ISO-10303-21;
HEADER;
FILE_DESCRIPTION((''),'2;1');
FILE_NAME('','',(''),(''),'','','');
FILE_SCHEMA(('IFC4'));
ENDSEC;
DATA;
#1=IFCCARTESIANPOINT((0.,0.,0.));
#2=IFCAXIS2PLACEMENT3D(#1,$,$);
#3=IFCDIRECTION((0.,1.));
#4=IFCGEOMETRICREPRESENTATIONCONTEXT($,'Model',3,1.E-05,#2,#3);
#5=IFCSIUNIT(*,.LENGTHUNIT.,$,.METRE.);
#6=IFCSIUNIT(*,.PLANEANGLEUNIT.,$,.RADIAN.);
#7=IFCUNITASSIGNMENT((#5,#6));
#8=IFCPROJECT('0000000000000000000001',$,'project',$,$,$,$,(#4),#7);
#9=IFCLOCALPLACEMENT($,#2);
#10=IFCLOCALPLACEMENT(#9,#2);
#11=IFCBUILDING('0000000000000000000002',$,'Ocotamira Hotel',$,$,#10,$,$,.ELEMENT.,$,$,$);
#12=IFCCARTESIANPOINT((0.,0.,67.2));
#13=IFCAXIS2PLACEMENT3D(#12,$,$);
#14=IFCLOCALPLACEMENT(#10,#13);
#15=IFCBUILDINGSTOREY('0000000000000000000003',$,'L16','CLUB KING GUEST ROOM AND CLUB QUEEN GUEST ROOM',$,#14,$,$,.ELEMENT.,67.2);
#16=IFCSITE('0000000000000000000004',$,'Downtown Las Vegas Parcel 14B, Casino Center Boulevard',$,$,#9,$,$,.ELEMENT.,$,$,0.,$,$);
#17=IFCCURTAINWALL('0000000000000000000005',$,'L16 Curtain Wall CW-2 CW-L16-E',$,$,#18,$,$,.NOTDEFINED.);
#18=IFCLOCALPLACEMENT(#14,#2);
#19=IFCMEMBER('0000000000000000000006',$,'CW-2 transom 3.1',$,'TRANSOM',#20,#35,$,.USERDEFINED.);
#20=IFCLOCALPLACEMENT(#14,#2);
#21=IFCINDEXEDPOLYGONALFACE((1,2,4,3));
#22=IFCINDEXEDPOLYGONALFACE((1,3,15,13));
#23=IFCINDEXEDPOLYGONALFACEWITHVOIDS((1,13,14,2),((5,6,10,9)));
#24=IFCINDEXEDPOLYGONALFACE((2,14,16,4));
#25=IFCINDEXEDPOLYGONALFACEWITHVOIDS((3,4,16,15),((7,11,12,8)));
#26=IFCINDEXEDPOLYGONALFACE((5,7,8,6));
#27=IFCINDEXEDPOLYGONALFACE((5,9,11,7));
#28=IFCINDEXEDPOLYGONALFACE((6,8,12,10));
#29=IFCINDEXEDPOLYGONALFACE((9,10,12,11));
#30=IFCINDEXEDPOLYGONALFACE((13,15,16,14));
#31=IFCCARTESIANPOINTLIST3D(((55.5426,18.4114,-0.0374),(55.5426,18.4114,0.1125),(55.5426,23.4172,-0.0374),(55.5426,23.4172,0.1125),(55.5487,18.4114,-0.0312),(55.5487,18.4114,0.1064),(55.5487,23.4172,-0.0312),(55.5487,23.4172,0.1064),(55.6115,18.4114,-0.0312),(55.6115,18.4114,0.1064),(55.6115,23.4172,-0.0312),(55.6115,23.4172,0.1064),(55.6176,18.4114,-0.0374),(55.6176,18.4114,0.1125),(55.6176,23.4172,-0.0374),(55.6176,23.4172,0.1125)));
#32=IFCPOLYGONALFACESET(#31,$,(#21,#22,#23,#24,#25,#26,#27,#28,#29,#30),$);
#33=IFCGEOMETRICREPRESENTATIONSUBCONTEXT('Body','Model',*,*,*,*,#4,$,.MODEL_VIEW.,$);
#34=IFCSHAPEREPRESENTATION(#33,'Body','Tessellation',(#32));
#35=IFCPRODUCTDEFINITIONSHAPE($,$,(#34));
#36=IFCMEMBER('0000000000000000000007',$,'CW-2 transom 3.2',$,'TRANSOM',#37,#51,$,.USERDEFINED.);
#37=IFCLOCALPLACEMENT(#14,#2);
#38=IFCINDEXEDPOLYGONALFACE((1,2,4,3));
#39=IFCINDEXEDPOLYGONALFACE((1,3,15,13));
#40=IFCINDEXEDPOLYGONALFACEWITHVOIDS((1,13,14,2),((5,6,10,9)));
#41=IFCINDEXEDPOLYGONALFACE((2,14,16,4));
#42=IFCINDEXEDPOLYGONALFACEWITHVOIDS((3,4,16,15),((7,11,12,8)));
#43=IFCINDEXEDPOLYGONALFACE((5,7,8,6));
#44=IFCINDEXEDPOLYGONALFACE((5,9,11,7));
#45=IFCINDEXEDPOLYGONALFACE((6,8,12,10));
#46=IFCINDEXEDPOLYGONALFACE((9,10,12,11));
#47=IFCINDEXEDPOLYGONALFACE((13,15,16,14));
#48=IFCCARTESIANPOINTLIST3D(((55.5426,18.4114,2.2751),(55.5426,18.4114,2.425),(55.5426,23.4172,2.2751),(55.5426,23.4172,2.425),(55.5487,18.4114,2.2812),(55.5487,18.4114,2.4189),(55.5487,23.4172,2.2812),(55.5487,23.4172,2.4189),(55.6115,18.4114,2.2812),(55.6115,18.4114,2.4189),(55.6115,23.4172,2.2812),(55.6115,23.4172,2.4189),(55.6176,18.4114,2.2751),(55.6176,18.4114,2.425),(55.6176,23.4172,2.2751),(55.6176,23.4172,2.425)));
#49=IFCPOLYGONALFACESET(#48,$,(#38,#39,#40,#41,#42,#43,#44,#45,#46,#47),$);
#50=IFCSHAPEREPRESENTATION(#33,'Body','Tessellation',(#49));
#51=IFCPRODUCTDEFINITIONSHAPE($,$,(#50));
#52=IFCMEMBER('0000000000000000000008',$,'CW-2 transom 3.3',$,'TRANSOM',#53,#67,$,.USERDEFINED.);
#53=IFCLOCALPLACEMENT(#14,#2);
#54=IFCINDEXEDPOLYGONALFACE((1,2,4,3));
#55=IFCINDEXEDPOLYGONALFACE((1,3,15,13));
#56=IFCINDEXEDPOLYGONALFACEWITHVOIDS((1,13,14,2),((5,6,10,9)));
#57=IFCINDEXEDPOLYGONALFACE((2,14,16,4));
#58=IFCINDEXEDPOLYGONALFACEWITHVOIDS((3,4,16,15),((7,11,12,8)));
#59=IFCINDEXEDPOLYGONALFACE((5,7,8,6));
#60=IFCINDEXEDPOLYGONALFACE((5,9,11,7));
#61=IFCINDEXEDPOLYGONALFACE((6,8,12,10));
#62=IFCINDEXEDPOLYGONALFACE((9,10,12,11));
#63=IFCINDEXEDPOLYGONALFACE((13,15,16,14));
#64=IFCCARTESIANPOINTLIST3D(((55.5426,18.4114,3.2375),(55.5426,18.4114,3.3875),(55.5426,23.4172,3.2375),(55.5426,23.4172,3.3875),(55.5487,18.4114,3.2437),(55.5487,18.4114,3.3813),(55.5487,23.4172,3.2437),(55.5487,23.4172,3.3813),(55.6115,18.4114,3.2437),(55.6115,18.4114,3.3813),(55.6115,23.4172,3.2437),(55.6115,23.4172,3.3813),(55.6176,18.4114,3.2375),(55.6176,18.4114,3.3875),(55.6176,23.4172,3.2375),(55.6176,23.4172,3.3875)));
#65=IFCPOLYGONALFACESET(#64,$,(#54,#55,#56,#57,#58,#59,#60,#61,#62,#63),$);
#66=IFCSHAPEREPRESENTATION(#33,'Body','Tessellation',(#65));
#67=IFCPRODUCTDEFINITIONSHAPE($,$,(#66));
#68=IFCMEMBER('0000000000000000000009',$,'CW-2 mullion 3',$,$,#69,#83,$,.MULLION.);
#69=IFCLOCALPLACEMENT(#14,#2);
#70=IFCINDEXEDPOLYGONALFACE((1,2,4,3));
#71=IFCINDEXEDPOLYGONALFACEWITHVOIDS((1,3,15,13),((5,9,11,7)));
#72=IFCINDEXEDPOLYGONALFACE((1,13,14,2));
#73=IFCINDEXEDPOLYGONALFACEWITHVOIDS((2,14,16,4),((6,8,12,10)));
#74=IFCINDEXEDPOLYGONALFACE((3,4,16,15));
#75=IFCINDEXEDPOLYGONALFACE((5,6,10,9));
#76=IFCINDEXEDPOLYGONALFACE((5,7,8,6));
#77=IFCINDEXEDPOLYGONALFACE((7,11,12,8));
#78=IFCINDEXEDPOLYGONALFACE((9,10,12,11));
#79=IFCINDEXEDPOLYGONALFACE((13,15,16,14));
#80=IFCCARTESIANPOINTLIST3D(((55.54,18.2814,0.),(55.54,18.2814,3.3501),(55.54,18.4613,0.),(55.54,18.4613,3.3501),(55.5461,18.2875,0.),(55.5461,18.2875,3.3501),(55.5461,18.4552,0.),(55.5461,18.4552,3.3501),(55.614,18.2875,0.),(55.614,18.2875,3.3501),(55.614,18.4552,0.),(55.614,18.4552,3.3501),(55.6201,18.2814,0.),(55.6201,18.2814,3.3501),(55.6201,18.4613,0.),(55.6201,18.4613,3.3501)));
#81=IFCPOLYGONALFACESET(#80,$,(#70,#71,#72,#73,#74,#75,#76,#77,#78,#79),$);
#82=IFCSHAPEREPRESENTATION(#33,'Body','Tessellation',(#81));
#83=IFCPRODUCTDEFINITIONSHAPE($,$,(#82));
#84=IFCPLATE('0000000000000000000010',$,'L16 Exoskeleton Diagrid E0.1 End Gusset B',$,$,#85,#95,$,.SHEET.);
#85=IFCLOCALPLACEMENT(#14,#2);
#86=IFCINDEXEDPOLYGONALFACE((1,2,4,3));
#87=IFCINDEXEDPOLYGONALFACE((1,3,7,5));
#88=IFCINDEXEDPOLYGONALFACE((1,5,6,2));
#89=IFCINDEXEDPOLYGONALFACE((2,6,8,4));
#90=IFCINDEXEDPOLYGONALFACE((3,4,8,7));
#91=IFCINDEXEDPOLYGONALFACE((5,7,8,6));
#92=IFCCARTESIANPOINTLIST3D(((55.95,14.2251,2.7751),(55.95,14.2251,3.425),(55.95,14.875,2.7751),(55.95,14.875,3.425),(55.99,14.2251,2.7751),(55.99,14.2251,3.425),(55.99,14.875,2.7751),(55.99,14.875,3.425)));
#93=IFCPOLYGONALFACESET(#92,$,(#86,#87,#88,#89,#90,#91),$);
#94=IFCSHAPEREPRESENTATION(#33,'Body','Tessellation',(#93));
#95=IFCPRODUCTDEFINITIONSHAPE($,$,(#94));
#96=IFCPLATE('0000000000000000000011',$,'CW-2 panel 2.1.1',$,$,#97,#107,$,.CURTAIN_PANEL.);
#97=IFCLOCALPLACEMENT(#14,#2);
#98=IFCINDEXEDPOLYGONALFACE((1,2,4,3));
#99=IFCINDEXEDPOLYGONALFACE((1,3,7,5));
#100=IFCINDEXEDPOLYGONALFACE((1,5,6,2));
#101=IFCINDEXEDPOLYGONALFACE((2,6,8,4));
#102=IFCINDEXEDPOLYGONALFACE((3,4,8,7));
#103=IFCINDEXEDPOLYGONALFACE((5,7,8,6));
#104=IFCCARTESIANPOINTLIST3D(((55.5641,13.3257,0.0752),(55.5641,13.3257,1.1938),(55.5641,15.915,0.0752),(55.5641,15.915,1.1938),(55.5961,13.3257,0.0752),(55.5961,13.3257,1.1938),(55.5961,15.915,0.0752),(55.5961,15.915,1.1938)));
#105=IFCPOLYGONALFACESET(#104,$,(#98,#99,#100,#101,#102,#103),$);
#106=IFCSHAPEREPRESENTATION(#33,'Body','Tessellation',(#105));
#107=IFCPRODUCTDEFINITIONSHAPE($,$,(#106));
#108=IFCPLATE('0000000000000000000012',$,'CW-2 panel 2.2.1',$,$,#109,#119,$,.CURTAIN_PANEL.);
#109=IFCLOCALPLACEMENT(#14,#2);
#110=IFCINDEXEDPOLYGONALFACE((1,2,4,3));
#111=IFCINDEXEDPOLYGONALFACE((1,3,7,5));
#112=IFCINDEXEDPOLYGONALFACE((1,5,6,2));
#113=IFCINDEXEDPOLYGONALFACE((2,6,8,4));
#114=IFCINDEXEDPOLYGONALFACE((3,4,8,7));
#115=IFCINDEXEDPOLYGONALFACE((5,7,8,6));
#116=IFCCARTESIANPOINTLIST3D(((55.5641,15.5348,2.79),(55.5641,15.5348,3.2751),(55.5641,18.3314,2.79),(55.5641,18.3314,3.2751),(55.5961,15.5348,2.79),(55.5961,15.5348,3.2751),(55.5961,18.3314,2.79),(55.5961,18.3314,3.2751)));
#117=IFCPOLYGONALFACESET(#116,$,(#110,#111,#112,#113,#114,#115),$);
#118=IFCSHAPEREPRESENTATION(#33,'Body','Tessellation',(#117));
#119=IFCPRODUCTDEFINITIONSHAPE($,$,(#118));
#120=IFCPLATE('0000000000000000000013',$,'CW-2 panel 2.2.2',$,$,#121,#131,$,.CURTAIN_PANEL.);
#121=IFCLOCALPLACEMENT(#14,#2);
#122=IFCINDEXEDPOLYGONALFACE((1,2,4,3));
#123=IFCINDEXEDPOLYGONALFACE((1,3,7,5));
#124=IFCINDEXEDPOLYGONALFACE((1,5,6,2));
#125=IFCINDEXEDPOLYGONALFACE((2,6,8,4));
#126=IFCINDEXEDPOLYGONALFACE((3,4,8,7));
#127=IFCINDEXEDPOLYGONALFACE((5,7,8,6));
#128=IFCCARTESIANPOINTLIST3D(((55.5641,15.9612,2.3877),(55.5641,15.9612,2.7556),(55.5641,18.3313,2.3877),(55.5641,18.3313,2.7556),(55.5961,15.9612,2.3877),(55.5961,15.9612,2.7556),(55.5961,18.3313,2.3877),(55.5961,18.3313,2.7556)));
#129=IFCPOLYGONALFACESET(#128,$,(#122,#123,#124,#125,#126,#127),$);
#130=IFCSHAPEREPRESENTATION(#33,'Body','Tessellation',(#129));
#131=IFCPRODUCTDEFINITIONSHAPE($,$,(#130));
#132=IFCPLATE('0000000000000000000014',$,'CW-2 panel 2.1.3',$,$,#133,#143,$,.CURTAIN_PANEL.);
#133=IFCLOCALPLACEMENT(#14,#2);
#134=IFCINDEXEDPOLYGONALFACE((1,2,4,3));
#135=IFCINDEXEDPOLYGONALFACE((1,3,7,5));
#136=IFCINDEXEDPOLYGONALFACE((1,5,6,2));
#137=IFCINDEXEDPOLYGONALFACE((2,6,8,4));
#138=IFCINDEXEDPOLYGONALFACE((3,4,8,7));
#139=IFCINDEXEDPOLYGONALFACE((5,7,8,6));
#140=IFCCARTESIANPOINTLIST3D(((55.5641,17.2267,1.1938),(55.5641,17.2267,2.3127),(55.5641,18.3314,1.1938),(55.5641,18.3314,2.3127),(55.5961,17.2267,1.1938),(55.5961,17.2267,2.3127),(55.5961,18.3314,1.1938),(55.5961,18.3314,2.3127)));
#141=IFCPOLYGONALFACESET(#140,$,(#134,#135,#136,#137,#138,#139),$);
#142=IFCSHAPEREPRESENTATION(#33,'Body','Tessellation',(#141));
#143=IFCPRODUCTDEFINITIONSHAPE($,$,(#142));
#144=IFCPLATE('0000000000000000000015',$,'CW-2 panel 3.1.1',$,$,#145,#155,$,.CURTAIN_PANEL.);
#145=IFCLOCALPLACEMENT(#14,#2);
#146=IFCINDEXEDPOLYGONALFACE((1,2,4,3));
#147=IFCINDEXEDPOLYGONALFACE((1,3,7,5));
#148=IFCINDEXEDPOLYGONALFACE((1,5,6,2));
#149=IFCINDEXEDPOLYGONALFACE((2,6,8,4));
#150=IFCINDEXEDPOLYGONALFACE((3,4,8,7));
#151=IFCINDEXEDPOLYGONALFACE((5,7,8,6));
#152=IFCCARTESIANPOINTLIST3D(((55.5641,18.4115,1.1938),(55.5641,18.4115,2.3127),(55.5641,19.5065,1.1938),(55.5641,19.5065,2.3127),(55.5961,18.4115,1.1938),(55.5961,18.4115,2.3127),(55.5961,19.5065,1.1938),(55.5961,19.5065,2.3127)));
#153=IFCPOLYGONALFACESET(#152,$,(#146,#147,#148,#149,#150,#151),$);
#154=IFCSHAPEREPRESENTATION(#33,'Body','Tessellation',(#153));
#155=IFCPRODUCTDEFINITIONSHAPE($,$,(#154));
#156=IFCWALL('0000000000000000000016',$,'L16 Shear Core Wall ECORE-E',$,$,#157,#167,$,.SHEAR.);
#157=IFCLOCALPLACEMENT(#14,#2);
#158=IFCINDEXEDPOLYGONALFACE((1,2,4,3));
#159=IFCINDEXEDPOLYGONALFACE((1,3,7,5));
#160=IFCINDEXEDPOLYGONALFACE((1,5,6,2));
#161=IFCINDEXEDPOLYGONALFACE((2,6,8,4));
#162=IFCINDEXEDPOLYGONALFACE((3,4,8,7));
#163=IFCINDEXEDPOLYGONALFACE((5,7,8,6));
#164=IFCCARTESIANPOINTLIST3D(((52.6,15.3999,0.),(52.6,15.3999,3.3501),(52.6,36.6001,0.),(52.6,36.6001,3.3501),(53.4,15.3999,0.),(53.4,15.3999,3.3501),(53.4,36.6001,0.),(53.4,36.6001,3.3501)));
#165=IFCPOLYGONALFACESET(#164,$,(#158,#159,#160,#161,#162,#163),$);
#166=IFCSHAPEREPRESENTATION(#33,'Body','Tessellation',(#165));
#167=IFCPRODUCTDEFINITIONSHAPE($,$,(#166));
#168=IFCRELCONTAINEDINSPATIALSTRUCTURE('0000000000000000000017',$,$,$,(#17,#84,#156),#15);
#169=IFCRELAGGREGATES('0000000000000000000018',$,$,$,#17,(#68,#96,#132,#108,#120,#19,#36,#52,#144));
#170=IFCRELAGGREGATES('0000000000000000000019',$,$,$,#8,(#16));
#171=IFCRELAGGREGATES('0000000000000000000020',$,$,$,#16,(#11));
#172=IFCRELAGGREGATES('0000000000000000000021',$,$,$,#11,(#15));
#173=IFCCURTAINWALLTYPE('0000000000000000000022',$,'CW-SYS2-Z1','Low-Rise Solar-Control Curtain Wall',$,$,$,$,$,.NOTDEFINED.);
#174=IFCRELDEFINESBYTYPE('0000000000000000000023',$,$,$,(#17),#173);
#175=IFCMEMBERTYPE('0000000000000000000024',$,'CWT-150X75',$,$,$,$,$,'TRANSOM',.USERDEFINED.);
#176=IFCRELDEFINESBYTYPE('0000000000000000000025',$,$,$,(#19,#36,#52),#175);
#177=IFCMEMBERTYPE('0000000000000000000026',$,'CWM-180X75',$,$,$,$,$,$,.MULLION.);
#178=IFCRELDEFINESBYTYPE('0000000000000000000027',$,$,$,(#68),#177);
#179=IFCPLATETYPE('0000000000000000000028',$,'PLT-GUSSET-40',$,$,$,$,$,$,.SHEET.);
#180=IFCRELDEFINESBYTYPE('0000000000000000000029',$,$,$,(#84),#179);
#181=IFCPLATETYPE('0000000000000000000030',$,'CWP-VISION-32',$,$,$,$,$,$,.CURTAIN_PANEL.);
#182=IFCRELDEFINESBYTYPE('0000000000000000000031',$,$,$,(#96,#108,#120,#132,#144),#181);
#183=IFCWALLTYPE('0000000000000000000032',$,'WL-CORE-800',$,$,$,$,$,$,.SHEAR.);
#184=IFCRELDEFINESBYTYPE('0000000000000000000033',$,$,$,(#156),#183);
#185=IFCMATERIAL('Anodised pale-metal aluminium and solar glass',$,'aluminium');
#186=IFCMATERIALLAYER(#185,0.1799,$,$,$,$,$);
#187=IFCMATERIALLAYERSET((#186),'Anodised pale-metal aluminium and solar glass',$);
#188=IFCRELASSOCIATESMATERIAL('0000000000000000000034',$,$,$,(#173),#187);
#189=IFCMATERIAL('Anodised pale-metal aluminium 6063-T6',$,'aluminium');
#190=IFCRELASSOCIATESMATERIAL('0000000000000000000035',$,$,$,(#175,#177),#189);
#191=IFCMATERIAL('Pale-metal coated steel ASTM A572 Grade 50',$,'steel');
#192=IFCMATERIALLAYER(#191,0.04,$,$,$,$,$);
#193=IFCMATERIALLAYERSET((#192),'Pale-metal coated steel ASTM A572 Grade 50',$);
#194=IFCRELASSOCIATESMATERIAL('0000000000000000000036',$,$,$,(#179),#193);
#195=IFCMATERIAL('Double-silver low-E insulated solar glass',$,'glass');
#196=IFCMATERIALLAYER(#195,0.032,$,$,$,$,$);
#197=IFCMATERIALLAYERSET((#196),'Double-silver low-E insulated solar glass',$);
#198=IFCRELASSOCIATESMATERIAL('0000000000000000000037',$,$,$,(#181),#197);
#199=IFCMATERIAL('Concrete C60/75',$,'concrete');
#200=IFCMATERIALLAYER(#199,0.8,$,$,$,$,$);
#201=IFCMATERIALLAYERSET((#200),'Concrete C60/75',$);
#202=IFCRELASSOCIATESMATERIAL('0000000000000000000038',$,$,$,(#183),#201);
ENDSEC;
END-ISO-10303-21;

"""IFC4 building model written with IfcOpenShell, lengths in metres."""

from ifc_helpers import new_model, si_unit, direction, frame, frame_2d, origin, origin_2d, place, context, subcontext, project, spatial, rectangle, hollow_rectangle, extrude, source, transform, mapped, material, layer, layer_set, material_profile, profile_set, type_object, element, aggregate, save


model = new_model("IFC4")

# Units and contexts
model_context = context("Model", 3, precision=1e-05, world=origin(), true_north=direction((0.0, 1.0)))
body_context = subcontext(model_context, "Body", "Model", "MODEL_VIEW")
ifc_project = project(units=[si_unit("LENGTHUNIT", "METRE"), si_unit("PLANEANGLEUNIT", "RADIAN")], contexts=[model_context])

# Site, building, storey
site_placement = place(None, origin())
site = spatial("IfcSite", under=ifc_project, at=site_placement, Name="Downtown Las Vegas Parcel 14B, Casino Center Boulevard", CompositionType="ELEMENT", RefElevation=0.0)
building_placement = place(site_placement, origin())
building = spatial("IfcBuilding", under=site, at=building_placement, Name="Ocotamira Hotel", CompositionType="ELEMENT")
storey_placement = place(building_placement, frame((0.0, 0.0, 67.2)))
storey = spatial("IfcBuildingStorey", under=building, at=storey_placement, Name="L16", Description="CLUB KING GUEST ROOM AND CLUB QUEEN GUEST ROOM", CompositionType="ELEMENT", Elevation=67.2)

# Curtain wall, members
ifc_material_1 = material(Name="Anodised pale-metal aluminium and solar glass", Category="aluminium")
ifc_layer_1 = layer(ifc_material_1, 0.1799)
ifc_layer_set_1 = layer_set([ifc_layer_1], Name="Anodised pale-metal aluminium and solar glass")
curtain_wall_type = type_object("IfcCurtainWallType", Name="CW-SYS2-Z1", Description="Low-Rise Solar-Control Curtain Wall", PredefinedType="NOTDEFINED", material=ifc_layer_set_1)
curtain_wall_placement = place(storey_placement, origin())
curtain_wall = element("IfcCurtainWall", 1, at=curtain_wall_placement, inside=storey, type_object=curtain_wall_type, Name="L16 Curtain Wall CW-2 CW-L16-E", PredefinedType="NOTDEFINED")
ifc_material_2 = material(Name="Anodised pale-metal aluminium 6063-T6", Category="aluminium")
ifc_material_profile_1 = material_profile(ifc_material_2, hollow_rectangle(XDim=0.075, YDim=0.1499, WallThickness=0.0061, at=origin_2d()), Name="HSS150X75X6")
ifc_profile_set_1 = profile_set([ifc_material_profile_1], Name="Anodised pale-metal aluminium 6063-T6")
member_type_1 = type_object("IfcMemberType", Name="CWT-150X75", ElementType="TRANSOM", PredefinedType="USERDEFINED", material=ifc_profile_set_1)
shared_shape_1 = source(origin(), body_context, "Body", "SweptSolid", [
    extrude(hollow_rectangle(XDim=0.075, YDim=0.1499, WallThickness=0.0061, at=origin_2d()), origin(), (0.0, 0.0, 1.0), 5.0059),
])
member_1_placement = place(storey_placement, frame((55.5801, 18.4114, 0.0376), z_axis=(0.0, 1.0, 0.0), x_axis=(-1.0, 0.0, 0.0)))
member_1 = element("IfcMember", 2, at=member_1_placement, type_object=member_type_1, Name="CW-2 transom 3.1", ObjectType="TRANSOM", PredefinedType="USERDEFINED", context=body_context, shape_type="MappedRepresentation", body=[
    mapped(shared_shape_1, transform((0.0, 0.0, 0.0), scale=1.0)),
])
member_2_placement = place(storey_placement, frame((55.5801, 18.4114, 2.3501), z_axis=(0.0, 1.0, 0.0), x_axis=(-1.0, 0.0, 0.0)))
member_2 = element("IfcMember", 3, at=member_2_placement, type_object=member_type_1, Name="CW-2 transom 3.2", ObjectType="TRANSOM", PredefinedType="USERDEFINED", context=body_context, shape_type="MappedRepresentation", body=[
    mapped(shared_shape_1, transform((0.0, 0.0, 0.0), scale=1.0)),
])
member_3_placement = place(storey_placement, frame((55.5801, 18.4114, 3.3125), z_axis=(0.0, 1.0, 0.0), x_axis=(-1.0, 0.0, 0.0)))
member_3 = element("IfcMember", 4, at=member_3_placement, type_object=member_type_1, Name="CW-2 transom 3.3", ObjectType="TRANSOM", PredefinedType="USERDEFINED", context=body_context, shape_type="MappedRepresentation", body=[
    mapped(shared_shape_1, transform((0.0, 0.0, 0.0), scale=1.0)),
])
ifc_material_profile_2 = material_profile(ifc_material_2, hollow_rectangle(XDim=0.0801, YDim=0.1799, WallThickness=0.0061, at=origin_2d()), Name="HSS180X80X6")
ifc_profile_set_2 = profile_set([ifc_material_profile_2], Name="Anodised pale-metal aluminium 6063-T6")
member_type_2 = type_object("IfcMemberType", Name="CWM-180X75", PredefinedType="MULLION", material=ifc_profile_set_2)
shared_shape_2 = source(origin(), body_context, "Body", "SweptSolid", [
    extrude(hollow_rectangle(XDim=0.0801, YDim=0.1799, WallThickness=0.0061, at=origin_2d()), origin(), (0.0, 0.0, 1.0), 3.3501),
])
member_4_placement = place(storey_placement, frame((55.5801, 18.3713, 0.0), z_axis=(0.0, 0.0, 1.0), x_axis=(-1.0, 0.0, 0.0)))
member_4 = element("IfcMember", 5, at=member_4_placement, type_object=member_type_2, Name="CW-2 mullion 3", PredefinedType="MULLION", context=body_context, shape_type="MappedRepresentation", body=[
    mapped(shared_shape_2, transform((0.0, 0.0, 0.0), scale=1.0)),
])

# Plates
ifc_material_3 = material(Name="Pale-metal coated steel ASTM A572 Grade 50", Category="steel")
ifc_layer_2 = layer(ifc_material_3, 0.04)
ifc_layer_set_2 = layer_set([ifc_layer_2], Name="Pale-metal coated steel ASTM A572 Grade 50")
plate_type_1 = type_object("IfcPlateType", Name="PLT-GUSSET-40", PredefinedType="SHEET", material=ifc_layer_set_2)
shared_shape_3 = source(origin(), body_context, "Body", "SweptSolid", [
    extrude(rectangle(XDim=0.04, YDim=0.6499, at=origin_2d()), origin(), (0.0, 0.0, 1.0), 0.6499),
])
plate_1_placement = place(storey_placement, frame((55.97, 14.55, 2.7751), z_axis=(0.0, 0.0, 1.0), x_axis=(1.0, 0.0, 0.0)))
element("IfcPlate", 6, at=plate_1_placement, inside=storey, type_object=plate_type_1, Name="L16 Exoskeleton Diagrid E0.1 End Gusset B", PredefinedType="SHEET", context=body_context, shape_type="MappedRepresentation", body=[
    mapped(shared_shape_3, transform((0.0, 0.0, 0.0), scale=1.0)),
])
ifc_material_4 = material(Name="Double-silver low-E insulated solar glass", Category="glass")
ifc_layer_3 = layer(ifc_material_4, 0.032)
ifc_layer_set_3 = layer_set([ifc_layer_3], Name="Double-silver low-E insulated solar glass")
plate_type_2 = type_object("IfcPlateType", Name="CWP-VISION-32", PredefinedType="CURTAIN_PANEL", material=ifc_layer_set_3)
shared_shape_4 = source(origin(), body_context, "Body", "SweptSolid", [
    extrude(rectangle(XDim=2.5894, YDim=0.032, at=origin_2d()), origin(), (0.0, 0.0, 1.0), 1.1187),
])
plate_2_placement = place(storey_placement, frame((55.5801, 14.6204, 0.0752), z_axis=(0.0, 0.0, 1.0), x_axis=(0.0, 1.0, 0.0)))
plate_2 = element("IfcPlate", 7, at=plate_2_placement, type_object=plate_type_2, Name="CW-2 panel 2.1.1", PredefinedType="CURTAIN_PANEL", context=body_context, shape_type="MappedRepresentation", body=[
    mapped(shared_shape_4, transform((0.0, 0.0, 0.0), scale=1.0)),
])
shared_shape_5 = source(origin(), body_context, "Body", "SweptSolid", [
    extrude(rectangle(XDim=2.7966, YDim=0.032, at=origin_2d()), origin(), (0.0, 0.0, 1.0), 0.4851),
])
plate_3_placement = place(storey_placement, frame((55.5801, 16.9331, 2.79), z_axis=(0.0, 0.0, 1.0), x_axis=(0.0, 1.0, 0.0)))
plate_3 = element("IfcPlate", 8, at=plate_3_placement, type_object=plate_type_2, Name="CW-2 panel 2.2.1", PredefinedType="CURTAIN_PANEL", context=body_context, shape_type="MappedRepresentation", body=[
    mapped(shared_shape_5, transform((0.0, 0.0, 0.0), scale=1.0)),
])
shared_shape_6 = source(origin(), body_context, "Body", "SweptSolid", [
    extrude(rectangle(XDim=2.3701, YDim=0.032, at=origin_2d()), origin(), (0.0, 0.0, 1.0), 0.3679),
])
plate_4_placement = place(storey_placement, frame((55.5801, 17.1462, 2.3877), z_axis=(0.0, 0.0, 1.0), x_axis=(0.0, 1.0, 0.0)))
plate_4 = element("IfcPlate", 9, at=plate_4_placement, type_object=plate_type_2, Name="CW-2 panel 2.2.2", PredefinedType="CURTAIN_PANEL", context=body_context, shape_type="MappedRepresentation", body=[
    mapped(shared_shape_6, transform((0.0, 0.0, 0.0), scale=1.0)),
])
shared_shape_7 = source(origin(), body_context, "Body", "SweptSolid", [
    extrude(rectangle(XDim=1.1047, YDim=0.032, at=origin_2d()), origin(), (0.0, 0.0, 1.0), 1.1189),
])
plate_5_placement = place(storey_placement, frame((55.5801, 17.7791, 1.1938), z_axis=(0.0, 0.0, 1.0), x_axis=(0.0, 1.0, 0.0)))
plate_5 = element("IfcPlate", 10, at=plate_5_placement, type_object=plate_type_2, Name="CW-2 panel 2.1.3", PredefinedType="CURTAIN_PANEL", context=body_context, shape_type="MappedRepresentation", body=[
    mapped(shared_shape_7, transform((0.0, 0.0, 0.0), scale=1.0)),
])
shared_shape_8 = source(origin(), body_context, "Body", "SweptSolid", [
    extrude(rectangle(XDim=1.095, YDim=0.032, at=origin_2d()), origin(), (0.0, 0.0, 1.0), 1.1189),
])
plate_6_placement = place(storey_placement, frame((55.5801, 18.959, 1.1938), z_axis=(0.0, 0.0, 1.0), x_axis=(0.0, 1.0, 0.0)))
plate_6 = element("IfcPlate", 11, at=plate_6_placement, type_object=plate_type_2, Name="CW-2 panel 3.1.1", PredefinedType="CURTAIN_PANEL", context=body_context, shape_type="MappedRepresentation", body=[
    mapped(shared_shape_8, transform((0.0, 0.0, 0.0), scale=1.0)),
])
aggregate(curtain_wall, [member_4, plate_2, plate_5, plate_3, plate_4, member_1, member_2, member_3, plate_6])

# Wall
ifc_material_5 = material(Name="Concrete C60/75", Category="concrete")
ifc_layer_4 = layer(ifc_material_5, 0.8)
ifc_layer_set_4 = layer_set([ifc_layer_4], Name="Concrete C60/75")
wall_type_1 = type_object("IfcWallType", Name="WL-CORE-800", PredefinedType="SHEAR", material=ifc_layer_set_4)
wall_1_placement = place(storey_placement, frame((53.0, 15.3999, 0.0), z_axis=(0.0, 0.0, 1.0), x_axis=(0.0, 1.0, 0.0)))
element("IfcWall", 12, at=wall_1_placement, inside=storey, type_object=wall_type_1, Name="L16 Shear Core Wall ECORE-E", PredefinedType="SHEAR", context=body_context, shape_type="SweptSolid", body=[
    extrude(rectangle(XDim=21.2002, YDim=0.8, at=frame_2d((10.6001, 0.0))), origin(), (0.0, 0.0, 1.0), 3.3501),
])

save(model, "model.ifc")
